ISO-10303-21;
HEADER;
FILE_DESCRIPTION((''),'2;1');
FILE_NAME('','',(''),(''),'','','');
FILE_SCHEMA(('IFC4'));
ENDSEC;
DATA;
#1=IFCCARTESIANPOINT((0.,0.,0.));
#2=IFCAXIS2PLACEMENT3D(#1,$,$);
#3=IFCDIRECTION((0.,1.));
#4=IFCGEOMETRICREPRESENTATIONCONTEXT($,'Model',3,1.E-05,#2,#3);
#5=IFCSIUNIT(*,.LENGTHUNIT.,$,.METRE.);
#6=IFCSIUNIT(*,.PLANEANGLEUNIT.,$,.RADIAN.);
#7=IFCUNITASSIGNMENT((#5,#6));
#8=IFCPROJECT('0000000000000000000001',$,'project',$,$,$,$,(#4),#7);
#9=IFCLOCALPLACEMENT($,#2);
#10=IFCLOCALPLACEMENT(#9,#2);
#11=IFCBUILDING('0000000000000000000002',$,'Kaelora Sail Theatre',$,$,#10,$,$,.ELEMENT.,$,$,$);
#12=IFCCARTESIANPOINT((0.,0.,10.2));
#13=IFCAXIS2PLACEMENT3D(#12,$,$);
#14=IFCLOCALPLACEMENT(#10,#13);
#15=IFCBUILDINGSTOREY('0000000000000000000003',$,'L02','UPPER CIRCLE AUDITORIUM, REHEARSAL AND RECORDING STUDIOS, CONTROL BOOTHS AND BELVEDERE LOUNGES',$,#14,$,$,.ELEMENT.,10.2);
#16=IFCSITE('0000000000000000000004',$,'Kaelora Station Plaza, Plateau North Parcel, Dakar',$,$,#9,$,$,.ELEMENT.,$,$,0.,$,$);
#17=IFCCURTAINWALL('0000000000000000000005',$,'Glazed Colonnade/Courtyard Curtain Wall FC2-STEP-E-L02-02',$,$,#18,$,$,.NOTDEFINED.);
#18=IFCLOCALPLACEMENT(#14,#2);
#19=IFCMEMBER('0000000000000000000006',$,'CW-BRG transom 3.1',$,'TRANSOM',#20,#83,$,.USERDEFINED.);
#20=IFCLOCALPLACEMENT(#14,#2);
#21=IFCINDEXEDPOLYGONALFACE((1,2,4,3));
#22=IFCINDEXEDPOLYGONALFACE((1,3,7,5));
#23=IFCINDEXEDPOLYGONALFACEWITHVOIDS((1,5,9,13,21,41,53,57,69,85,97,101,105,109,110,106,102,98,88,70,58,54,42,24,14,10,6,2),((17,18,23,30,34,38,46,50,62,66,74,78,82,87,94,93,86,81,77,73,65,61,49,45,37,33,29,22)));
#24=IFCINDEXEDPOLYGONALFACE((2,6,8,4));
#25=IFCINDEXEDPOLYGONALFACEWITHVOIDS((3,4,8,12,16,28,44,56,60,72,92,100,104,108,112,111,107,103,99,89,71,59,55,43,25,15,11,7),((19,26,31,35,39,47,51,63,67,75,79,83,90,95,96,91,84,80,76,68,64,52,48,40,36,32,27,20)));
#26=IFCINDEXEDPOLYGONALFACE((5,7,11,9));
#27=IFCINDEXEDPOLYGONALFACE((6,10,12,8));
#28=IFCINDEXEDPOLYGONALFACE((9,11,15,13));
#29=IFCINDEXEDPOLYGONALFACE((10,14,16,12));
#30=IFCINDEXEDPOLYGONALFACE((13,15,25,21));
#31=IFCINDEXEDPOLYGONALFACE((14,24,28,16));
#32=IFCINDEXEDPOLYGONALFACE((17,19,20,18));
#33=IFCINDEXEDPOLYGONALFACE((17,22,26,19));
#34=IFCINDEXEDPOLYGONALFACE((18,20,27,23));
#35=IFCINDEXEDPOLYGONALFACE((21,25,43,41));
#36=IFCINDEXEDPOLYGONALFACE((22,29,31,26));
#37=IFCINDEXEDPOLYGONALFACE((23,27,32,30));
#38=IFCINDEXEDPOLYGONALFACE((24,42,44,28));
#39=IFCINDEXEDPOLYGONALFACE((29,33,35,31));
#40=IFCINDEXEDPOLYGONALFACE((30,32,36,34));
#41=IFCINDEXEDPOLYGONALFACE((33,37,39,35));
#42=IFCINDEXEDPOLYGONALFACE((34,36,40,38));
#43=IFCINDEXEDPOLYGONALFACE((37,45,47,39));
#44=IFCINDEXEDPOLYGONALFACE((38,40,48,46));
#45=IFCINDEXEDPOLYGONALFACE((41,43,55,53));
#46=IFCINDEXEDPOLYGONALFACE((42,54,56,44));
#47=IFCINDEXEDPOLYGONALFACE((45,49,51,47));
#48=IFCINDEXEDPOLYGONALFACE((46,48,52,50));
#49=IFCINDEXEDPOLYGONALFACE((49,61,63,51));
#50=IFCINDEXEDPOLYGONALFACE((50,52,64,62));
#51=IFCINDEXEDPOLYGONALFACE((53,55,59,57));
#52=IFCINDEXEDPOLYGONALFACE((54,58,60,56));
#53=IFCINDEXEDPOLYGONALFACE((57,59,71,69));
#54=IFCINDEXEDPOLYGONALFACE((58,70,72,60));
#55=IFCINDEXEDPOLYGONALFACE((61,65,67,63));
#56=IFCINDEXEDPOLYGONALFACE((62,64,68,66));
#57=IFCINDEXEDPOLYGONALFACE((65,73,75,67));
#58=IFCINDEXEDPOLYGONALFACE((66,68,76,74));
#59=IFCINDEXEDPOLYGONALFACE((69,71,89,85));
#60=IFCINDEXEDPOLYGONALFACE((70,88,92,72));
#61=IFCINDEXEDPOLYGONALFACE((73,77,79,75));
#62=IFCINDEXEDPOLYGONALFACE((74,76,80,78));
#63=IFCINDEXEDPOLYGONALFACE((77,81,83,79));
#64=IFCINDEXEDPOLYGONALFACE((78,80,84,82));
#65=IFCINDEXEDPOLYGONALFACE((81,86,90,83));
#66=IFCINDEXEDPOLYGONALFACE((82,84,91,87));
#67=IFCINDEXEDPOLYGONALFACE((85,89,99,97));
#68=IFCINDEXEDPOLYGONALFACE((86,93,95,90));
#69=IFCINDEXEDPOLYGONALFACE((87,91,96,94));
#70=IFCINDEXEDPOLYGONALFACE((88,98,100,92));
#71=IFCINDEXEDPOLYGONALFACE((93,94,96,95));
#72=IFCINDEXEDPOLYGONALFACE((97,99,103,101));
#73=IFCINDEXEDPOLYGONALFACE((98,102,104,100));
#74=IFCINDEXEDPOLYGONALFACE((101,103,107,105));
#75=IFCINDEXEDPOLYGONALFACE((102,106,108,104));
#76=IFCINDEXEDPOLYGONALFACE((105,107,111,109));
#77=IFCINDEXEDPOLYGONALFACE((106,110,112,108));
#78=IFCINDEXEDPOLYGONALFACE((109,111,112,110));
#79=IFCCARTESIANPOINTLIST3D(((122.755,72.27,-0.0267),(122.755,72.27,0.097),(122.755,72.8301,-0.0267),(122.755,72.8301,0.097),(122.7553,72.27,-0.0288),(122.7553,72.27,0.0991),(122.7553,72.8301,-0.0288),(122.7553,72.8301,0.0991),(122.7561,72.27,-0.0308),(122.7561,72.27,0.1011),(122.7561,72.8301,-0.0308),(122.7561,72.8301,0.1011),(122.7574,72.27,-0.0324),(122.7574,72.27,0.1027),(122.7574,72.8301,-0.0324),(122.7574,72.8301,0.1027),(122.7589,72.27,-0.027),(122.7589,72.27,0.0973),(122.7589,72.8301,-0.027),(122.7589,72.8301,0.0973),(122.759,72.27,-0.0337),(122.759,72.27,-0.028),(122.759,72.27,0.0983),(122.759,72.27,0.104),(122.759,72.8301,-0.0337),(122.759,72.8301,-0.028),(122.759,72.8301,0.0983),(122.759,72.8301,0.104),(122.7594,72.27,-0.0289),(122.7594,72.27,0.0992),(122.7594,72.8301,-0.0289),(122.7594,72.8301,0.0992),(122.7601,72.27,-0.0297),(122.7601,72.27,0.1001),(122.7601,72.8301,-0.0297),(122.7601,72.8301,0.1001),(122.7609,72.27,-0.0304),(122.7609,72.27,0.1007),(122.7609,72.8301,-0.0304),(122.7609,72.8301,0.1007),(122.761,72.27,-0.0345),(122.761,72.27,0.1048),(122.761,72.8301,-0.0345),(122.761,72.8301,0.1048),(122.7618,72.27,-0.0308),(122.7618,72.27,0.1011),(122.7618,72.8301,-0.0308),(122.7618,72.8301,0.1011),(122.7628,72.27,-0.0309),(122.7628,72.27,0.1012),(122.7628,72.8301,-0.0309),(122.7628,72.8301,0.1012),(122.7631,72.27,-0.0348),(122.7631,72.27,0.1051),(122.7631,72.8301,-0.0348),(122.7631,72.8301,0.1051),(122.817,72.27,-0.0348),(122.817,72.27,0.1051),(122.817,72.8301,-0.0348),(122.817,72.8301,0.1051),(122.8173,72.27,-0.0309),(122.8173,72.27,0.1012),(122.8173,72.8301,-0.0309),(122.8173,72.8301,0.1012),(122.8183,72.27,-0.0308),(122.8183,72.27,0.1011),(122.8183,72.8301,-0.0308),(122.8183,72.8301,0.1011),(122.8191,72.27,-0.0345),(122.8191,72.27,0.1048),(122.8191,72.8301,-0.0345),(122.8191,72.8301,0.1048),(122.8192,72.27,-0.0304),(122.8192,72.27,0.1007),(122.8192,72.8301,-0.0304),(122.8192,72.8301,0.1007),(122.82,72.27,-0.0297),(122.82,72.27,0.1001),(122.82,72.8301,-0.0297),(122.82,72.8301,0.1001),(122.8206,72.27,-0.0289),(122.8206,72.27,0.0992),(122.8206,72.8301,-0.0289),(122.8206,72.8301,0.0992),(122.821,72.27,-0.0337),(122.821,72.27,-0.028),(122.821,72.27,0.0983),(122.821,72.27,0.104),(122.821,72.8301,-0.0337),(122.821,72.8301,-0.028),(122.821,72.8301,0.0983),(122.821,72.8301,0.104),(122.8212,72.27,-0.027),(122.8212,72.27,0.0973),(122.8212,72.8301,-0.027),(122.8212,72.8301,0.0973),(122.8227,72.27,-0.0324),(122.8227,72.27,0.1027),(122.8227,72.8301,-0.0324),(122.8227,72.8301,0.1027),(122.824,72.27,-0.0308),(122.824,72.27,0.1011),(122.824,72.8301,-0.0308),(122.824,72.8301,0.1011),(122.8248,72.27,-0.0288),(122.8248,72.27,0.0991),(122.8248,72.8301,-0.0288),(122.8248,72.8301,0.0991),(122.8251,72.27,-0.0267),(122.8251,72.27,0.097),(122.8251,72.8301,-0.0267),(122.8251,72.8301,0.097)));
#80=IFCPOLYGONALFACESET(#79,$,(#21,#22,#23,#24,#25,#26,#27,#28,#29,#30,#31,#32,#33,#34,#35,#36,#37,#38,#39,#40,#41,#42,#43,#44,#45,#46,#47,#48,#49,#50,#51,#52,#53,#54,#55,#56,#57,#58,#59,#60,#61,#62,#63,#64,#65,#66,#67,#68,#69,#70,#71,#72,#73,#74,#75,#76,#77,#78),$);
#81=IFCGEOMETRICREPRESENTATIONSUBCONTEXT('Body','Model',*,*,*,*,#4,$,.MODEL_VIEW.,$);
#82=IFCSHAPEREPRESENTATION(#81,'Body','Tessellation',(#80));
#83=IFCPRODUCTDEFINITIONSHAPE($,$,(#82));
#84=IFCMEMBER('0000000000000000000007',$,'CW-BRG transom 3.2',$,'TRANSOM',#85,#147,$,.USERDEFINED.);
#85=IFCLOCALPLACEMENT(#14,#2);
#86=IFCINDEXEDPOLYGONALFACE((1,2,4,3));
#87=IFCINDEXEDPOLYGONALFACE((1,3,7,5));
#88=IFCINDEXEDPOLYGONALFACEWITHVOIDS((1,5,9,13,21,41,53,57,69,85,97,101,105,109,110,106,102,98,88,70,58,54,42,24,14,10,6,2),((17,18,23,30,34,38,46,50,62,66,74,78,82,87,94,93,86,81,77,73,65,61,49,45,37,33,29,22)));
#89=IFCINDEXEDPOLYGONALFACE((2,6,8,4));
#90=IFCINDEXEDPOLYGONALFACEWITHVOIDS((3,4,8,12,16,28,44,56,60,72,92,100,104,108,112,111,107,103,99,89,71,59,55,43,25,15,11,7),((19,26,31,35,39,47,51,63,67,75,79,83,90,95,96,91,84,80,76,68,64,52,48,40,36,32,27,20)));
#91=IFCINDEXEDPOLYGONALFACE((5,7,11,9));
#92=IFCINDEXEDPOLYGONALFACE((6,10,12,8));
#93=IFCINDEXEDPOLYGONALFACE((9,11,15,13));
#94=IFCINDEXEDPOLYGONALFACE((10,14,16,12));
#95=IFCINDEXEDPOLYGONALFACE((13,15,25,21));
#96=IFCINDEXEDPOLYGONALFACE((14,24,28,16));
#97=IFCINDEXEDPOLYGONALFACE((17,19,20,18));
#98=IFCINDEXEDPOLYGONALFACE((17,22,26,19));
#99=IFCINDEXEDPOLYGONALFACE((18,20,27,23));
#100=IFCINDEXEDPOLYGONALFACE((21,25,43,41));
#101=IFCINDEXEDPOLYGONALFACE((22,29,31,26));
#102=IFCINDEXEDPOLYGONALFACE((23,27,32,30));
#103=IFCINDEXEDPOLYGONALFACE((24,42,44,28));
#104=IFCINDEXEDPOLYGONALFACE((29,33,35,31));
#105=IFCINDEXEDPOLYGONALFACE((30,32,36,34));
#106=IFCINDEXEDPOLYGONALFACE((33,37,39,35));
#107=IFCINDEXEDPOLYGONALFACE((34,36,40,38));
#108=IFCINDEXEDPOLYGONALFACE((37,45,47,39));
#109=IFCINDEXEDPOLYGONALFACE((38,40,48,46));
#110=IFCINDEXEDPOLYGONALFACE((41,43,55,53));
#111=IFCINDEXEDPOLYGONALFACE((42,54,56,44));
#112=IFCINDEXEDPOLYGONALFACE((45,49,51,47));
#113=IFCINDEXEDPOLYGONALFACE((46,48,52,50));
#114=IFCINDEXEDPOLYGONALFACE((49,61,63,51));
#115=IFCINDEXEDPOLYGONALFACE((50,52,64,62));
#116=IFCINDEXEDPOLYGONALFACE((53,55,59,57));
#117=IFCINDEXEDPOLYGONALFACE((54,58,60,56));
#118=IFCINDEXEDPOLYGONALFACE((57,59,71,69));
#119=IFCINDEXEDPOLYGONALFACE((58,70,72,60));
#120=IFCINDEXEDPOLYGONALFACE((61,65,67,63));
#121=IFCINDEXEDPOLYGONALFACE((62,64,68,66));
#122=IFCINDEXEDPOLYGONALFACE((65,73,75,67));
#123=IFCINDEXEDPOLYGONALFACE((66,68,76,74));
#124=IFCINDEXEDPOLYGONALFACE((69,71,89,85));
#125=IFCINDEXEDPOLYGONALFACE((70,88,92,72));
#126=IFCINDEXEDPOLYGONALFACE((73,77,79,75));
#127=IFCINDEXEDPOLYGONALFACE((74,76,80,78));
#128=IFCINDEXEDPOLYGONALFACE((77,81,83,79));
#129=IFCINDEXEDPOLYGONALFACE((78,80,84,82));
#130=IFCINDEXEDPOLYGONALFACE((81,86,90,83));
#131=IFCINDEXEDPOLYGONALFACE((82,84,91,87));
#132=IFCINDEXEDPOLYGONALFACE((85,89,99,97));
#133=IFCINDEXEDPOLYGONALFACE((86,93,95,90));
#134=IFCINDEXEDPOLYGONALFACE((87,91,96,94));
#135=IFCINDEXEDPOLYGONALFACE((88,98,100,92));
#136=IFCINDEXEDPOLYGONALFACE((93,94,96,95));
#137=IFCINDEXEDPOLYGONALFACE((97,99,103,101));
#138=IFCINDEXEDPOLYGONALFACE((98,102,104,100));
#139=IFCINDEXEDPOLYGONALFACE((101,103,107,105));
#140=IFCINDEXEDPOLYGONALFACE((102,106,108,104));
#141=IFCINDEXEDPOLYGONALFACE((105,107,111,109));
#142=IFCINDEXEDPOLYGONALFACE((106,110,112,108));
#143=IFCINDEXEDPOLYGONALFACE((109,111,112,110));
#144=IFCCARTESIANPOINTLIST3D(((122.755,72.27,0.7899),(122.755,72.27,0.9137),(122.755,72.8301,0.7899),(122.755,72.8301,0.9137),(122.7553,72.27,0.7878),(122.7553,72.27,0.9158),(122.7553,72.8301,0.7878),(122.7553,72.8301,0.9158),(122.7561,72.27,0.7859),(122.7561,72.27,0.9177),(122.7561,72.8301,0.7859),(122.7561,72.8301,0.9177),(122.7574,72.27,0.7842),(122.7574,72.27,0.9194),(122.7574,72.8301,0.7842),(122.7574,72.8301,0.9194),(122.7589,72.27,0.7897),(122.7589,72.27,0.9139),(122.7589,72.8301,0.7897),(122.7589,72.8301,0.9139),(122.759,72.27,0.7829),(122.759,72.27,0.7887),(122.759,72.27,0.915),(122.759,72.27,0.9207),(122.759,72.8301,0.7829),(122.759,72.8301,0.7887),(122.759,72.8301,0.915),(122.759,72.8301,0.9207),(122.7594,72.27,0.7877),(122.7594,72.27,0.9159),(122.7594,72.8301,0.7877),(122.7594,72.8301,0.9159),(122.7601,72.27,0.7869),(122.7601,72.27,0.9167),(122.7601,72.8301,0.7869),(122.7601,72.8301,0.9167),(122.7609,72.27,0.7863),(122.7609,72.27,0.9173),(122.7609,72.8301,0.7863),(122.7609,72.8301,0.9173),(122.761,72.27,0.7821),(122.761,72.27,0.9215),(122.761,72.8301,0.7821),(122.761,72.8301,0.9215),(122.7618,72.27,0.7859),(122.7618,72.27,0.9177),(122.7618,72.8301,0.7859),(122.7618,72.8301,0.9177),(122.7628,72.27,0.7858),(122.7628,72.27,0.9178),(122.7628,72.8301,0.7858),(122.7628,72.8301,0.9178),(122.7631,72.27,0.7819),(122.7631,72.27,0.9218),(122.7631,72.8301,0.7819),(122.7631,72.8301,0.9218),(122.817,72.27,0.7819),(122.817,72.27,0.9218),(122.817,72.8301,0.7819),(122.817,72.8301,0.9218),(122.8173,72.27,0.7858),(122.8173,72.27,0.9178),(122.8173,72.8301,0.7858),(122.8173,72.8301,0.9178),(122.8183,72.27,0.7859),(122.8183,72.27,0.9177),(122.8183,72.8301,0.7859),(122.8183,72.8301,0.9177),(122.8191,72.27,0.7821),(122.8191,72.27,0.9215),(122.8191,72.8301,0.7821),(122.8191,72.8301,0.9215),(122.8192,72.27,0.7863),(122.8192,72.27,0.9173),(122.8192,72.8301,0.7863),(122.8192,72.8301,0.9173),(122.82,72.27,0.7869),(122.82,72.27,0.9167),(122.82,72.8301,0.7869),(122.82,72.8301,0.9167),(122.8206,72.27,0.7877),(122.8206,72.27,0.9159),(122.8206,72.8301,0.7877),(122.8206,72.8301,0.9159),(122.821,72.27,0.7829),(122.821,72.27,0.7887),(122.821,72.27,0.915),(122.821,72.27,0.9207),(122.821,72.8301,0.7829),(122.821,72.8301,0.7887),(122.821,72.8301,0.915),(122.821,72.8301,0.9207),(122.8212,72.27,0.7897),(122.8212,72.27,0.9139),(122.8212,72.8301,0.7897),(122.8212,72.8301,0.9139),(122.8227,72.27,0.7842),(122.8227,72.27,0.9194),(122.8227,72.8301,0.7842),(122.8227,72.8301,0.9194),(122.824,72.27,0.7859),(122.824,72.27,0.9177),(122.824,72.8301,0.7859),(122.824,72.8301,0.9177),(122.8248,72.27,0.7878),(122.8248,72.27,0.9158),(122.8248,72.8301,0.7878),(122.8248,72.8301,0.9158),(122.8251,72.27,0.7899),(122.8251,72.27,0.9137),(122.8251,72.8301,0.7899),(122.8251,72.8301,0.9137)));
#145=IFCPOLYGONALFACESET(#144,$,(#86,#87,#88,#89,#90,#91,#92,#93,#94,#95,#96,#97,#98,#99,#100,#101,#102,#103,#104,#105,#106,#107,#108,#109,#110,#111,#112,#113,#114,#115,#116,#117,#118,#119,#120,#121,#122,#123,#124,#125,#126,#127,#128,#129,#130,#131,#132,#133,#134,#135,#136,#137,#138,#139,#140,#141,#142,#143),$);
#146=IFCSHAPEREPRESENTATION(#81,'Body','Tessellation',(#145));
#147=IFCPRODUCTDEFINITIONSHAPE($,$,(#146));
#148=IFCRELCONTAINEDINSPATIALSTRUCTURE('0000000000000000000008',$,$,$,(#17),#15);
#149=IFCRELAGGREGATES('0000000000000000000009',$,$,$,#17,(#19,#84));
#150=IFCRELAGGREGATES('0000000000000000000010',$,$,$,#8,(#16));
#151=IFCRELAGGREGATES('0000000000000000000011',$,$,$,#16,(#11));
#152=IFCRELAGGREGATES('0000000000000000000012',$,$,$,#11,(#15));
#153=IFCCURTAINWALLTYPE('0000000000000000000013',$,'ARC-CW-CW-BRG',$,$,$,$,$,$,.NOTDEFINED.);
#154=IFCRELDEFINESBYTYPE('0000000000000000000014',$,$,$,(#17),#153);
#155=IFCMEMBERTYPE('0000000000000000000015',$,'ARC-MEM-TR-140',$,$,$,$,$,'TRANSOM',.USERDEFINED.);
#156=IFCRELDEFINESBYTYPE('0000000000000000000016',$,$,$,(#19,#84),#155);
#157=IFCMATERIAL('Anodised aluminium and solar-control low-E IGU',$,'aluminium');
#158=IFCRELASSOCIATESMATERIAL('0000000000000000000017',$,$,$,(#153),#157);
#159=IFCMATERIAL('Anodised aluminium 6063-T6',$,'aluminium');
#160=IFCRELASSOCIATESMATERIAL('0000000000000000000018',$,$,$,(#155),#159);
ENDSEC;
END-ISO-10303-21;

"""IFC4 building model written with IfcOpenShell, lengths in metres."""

from ifc_helpers import new_model, si_unit, direction, frame, origin, origin_2d, place, context, subcontext, project, spatial, hollow_rectangle, extrude, material, material_profile, profile_set, type_object, element, aggregate, save


model = new_model("IFC4")

# Units and contexts
model_context = context("Model", 3, precision=1e-05, world=origin(), true_north=direction((0.0, 1.0)))
body_context = subcontext(model_context, "Body", "Model", "MODEL_VIEW")
ifc_project = project(units=[si_unit("LENGTHUNIT", "METRE"), si_unit("PLANEANGLEUNIT", "RADIAN")], contexts=[model_context])

# Site, building, storey
site_placement = place(None, origin())
site = spatial("IfcSite", under=ifc_project, at=site_placement, Name="Kaelora Station Plaza, Plateau North Parcel, Dakar", CompositionType="ELEMENT", RefElevation=0.0)
building_placement = place(site_placement, origin())
building = spatial("IfcBuilding", under=site, at=building_placement, Name="Kaelora Sail Theatre", CompositionType="ELEMENT")
storey_placement = place(building_placement, frame((0.0, 0.0, 10.2)))
storey = spatial("IfcBuildingStorey", under=building, at=storey_placement, Name="L02", Description="UPPER CIRCLE AUDITORIUM, REHEARSAL AND RECORDING STUDIOS, CONTROL BOOTHS AND BELVEDERE LOUNGES", CompositionType="ELEMENT", Elevation=10.2)

# Curtain wall, members
ifc_material_1 = material(Name="Anodised aluminium and solar-control low-E IGU", Category="aluminium")
curtain_wall_type = type_object("IfcCurtainWallType", Name="ARC-CW-CW-BRG", PredefinedType="NOTDEFINED", material=ifc_material_1)
curtain_wall_placement = place(storey_placement, origin())
curtain_wall = element("IfcCurtainWall", 1, at=curtain_wall_placement, inside=storey, type_object=curtain_wall_type, Name="Glazed Colonnade/Courtyard Curtain Wall FC2-STEP-E-L02-02", PredefinedType="NOTDEFINED")
ifc_material_2 = material(Name="Anodised aluminium 6063-T6", Category="aluminium")
ifc_material_profile_1 = material_profile(ifc_material_2, hollow_rectangle(XDim=0.0701, YDim=0.1399, WallThickness=0.0039, InnerFilletRadius=0.0039, OuterFilletRadius=0.0081, at=origin_2d()), Name="ALU-TRAN 70x140x4")
ifc_profile_set_1 = profile_set([ifc_material_profile_1], Name="Anodised aluminium 6063-T6")
member_type_1 = type_object("IfcMemberType", Name="ARC-MEM-TR-140", ElementType="TRANSOM", PredefinedType="USERDEFINED", material=ifc_profile_set_1)
member_1_placement = place(storey_placement, frame((122.79, 72.27, 0.0352), z_axis=(0.0, 1.0, 0.0), x_axis=(-1.0, 0.0, 0.0)))
member_1 = element("IfcMember", 2, at=member_1_placement, type_object=member_type_1, Name="CW-BRG transom 3.1", ObjectType="TRANSOM", PredefinedType="USERDEFINED", context=body_context, shape_type="SweptSolid", body=[
    extrude(hollow_rectangle(XDim=0.0701, YDim=0.1399, WallThickness=0.0039, InnerFilletRadius=0.0039, OuterFilletRadius=0.0081, at=origin_2d()), origin(), (0.0, 0.0, 1.0), 0.5601),
])
member_2_placement = place(storey_placement, frame((122.79, 72.27, 0.8518), z_axis=(0.0, 1.0, 0.0), x_axis=(-1.0, 0.0, 0.0)))
member_2 = element("IfcMember", 3, at=member_2_placement, type_object=member_type_1, Name="CW-BRG transom 3.2", ObjectType="TRANSOM", PredefinedType="USERDEFINED", context=body_context, shape_type="SweptSolid", body=[
    extrude(hollow_rectangle(XDim=0.0701, YDim=0.1399, WallThickness=0.0039, InnerFilletRadius=0.0039, OuterFilletRadius=0.0081, at=origin_2d()), origin(), (0.0, 0.0, 1.0), 0.5601),
])
aggregate(curtain_wall, [member_1, member_2])

save(model, "model.ifc")
